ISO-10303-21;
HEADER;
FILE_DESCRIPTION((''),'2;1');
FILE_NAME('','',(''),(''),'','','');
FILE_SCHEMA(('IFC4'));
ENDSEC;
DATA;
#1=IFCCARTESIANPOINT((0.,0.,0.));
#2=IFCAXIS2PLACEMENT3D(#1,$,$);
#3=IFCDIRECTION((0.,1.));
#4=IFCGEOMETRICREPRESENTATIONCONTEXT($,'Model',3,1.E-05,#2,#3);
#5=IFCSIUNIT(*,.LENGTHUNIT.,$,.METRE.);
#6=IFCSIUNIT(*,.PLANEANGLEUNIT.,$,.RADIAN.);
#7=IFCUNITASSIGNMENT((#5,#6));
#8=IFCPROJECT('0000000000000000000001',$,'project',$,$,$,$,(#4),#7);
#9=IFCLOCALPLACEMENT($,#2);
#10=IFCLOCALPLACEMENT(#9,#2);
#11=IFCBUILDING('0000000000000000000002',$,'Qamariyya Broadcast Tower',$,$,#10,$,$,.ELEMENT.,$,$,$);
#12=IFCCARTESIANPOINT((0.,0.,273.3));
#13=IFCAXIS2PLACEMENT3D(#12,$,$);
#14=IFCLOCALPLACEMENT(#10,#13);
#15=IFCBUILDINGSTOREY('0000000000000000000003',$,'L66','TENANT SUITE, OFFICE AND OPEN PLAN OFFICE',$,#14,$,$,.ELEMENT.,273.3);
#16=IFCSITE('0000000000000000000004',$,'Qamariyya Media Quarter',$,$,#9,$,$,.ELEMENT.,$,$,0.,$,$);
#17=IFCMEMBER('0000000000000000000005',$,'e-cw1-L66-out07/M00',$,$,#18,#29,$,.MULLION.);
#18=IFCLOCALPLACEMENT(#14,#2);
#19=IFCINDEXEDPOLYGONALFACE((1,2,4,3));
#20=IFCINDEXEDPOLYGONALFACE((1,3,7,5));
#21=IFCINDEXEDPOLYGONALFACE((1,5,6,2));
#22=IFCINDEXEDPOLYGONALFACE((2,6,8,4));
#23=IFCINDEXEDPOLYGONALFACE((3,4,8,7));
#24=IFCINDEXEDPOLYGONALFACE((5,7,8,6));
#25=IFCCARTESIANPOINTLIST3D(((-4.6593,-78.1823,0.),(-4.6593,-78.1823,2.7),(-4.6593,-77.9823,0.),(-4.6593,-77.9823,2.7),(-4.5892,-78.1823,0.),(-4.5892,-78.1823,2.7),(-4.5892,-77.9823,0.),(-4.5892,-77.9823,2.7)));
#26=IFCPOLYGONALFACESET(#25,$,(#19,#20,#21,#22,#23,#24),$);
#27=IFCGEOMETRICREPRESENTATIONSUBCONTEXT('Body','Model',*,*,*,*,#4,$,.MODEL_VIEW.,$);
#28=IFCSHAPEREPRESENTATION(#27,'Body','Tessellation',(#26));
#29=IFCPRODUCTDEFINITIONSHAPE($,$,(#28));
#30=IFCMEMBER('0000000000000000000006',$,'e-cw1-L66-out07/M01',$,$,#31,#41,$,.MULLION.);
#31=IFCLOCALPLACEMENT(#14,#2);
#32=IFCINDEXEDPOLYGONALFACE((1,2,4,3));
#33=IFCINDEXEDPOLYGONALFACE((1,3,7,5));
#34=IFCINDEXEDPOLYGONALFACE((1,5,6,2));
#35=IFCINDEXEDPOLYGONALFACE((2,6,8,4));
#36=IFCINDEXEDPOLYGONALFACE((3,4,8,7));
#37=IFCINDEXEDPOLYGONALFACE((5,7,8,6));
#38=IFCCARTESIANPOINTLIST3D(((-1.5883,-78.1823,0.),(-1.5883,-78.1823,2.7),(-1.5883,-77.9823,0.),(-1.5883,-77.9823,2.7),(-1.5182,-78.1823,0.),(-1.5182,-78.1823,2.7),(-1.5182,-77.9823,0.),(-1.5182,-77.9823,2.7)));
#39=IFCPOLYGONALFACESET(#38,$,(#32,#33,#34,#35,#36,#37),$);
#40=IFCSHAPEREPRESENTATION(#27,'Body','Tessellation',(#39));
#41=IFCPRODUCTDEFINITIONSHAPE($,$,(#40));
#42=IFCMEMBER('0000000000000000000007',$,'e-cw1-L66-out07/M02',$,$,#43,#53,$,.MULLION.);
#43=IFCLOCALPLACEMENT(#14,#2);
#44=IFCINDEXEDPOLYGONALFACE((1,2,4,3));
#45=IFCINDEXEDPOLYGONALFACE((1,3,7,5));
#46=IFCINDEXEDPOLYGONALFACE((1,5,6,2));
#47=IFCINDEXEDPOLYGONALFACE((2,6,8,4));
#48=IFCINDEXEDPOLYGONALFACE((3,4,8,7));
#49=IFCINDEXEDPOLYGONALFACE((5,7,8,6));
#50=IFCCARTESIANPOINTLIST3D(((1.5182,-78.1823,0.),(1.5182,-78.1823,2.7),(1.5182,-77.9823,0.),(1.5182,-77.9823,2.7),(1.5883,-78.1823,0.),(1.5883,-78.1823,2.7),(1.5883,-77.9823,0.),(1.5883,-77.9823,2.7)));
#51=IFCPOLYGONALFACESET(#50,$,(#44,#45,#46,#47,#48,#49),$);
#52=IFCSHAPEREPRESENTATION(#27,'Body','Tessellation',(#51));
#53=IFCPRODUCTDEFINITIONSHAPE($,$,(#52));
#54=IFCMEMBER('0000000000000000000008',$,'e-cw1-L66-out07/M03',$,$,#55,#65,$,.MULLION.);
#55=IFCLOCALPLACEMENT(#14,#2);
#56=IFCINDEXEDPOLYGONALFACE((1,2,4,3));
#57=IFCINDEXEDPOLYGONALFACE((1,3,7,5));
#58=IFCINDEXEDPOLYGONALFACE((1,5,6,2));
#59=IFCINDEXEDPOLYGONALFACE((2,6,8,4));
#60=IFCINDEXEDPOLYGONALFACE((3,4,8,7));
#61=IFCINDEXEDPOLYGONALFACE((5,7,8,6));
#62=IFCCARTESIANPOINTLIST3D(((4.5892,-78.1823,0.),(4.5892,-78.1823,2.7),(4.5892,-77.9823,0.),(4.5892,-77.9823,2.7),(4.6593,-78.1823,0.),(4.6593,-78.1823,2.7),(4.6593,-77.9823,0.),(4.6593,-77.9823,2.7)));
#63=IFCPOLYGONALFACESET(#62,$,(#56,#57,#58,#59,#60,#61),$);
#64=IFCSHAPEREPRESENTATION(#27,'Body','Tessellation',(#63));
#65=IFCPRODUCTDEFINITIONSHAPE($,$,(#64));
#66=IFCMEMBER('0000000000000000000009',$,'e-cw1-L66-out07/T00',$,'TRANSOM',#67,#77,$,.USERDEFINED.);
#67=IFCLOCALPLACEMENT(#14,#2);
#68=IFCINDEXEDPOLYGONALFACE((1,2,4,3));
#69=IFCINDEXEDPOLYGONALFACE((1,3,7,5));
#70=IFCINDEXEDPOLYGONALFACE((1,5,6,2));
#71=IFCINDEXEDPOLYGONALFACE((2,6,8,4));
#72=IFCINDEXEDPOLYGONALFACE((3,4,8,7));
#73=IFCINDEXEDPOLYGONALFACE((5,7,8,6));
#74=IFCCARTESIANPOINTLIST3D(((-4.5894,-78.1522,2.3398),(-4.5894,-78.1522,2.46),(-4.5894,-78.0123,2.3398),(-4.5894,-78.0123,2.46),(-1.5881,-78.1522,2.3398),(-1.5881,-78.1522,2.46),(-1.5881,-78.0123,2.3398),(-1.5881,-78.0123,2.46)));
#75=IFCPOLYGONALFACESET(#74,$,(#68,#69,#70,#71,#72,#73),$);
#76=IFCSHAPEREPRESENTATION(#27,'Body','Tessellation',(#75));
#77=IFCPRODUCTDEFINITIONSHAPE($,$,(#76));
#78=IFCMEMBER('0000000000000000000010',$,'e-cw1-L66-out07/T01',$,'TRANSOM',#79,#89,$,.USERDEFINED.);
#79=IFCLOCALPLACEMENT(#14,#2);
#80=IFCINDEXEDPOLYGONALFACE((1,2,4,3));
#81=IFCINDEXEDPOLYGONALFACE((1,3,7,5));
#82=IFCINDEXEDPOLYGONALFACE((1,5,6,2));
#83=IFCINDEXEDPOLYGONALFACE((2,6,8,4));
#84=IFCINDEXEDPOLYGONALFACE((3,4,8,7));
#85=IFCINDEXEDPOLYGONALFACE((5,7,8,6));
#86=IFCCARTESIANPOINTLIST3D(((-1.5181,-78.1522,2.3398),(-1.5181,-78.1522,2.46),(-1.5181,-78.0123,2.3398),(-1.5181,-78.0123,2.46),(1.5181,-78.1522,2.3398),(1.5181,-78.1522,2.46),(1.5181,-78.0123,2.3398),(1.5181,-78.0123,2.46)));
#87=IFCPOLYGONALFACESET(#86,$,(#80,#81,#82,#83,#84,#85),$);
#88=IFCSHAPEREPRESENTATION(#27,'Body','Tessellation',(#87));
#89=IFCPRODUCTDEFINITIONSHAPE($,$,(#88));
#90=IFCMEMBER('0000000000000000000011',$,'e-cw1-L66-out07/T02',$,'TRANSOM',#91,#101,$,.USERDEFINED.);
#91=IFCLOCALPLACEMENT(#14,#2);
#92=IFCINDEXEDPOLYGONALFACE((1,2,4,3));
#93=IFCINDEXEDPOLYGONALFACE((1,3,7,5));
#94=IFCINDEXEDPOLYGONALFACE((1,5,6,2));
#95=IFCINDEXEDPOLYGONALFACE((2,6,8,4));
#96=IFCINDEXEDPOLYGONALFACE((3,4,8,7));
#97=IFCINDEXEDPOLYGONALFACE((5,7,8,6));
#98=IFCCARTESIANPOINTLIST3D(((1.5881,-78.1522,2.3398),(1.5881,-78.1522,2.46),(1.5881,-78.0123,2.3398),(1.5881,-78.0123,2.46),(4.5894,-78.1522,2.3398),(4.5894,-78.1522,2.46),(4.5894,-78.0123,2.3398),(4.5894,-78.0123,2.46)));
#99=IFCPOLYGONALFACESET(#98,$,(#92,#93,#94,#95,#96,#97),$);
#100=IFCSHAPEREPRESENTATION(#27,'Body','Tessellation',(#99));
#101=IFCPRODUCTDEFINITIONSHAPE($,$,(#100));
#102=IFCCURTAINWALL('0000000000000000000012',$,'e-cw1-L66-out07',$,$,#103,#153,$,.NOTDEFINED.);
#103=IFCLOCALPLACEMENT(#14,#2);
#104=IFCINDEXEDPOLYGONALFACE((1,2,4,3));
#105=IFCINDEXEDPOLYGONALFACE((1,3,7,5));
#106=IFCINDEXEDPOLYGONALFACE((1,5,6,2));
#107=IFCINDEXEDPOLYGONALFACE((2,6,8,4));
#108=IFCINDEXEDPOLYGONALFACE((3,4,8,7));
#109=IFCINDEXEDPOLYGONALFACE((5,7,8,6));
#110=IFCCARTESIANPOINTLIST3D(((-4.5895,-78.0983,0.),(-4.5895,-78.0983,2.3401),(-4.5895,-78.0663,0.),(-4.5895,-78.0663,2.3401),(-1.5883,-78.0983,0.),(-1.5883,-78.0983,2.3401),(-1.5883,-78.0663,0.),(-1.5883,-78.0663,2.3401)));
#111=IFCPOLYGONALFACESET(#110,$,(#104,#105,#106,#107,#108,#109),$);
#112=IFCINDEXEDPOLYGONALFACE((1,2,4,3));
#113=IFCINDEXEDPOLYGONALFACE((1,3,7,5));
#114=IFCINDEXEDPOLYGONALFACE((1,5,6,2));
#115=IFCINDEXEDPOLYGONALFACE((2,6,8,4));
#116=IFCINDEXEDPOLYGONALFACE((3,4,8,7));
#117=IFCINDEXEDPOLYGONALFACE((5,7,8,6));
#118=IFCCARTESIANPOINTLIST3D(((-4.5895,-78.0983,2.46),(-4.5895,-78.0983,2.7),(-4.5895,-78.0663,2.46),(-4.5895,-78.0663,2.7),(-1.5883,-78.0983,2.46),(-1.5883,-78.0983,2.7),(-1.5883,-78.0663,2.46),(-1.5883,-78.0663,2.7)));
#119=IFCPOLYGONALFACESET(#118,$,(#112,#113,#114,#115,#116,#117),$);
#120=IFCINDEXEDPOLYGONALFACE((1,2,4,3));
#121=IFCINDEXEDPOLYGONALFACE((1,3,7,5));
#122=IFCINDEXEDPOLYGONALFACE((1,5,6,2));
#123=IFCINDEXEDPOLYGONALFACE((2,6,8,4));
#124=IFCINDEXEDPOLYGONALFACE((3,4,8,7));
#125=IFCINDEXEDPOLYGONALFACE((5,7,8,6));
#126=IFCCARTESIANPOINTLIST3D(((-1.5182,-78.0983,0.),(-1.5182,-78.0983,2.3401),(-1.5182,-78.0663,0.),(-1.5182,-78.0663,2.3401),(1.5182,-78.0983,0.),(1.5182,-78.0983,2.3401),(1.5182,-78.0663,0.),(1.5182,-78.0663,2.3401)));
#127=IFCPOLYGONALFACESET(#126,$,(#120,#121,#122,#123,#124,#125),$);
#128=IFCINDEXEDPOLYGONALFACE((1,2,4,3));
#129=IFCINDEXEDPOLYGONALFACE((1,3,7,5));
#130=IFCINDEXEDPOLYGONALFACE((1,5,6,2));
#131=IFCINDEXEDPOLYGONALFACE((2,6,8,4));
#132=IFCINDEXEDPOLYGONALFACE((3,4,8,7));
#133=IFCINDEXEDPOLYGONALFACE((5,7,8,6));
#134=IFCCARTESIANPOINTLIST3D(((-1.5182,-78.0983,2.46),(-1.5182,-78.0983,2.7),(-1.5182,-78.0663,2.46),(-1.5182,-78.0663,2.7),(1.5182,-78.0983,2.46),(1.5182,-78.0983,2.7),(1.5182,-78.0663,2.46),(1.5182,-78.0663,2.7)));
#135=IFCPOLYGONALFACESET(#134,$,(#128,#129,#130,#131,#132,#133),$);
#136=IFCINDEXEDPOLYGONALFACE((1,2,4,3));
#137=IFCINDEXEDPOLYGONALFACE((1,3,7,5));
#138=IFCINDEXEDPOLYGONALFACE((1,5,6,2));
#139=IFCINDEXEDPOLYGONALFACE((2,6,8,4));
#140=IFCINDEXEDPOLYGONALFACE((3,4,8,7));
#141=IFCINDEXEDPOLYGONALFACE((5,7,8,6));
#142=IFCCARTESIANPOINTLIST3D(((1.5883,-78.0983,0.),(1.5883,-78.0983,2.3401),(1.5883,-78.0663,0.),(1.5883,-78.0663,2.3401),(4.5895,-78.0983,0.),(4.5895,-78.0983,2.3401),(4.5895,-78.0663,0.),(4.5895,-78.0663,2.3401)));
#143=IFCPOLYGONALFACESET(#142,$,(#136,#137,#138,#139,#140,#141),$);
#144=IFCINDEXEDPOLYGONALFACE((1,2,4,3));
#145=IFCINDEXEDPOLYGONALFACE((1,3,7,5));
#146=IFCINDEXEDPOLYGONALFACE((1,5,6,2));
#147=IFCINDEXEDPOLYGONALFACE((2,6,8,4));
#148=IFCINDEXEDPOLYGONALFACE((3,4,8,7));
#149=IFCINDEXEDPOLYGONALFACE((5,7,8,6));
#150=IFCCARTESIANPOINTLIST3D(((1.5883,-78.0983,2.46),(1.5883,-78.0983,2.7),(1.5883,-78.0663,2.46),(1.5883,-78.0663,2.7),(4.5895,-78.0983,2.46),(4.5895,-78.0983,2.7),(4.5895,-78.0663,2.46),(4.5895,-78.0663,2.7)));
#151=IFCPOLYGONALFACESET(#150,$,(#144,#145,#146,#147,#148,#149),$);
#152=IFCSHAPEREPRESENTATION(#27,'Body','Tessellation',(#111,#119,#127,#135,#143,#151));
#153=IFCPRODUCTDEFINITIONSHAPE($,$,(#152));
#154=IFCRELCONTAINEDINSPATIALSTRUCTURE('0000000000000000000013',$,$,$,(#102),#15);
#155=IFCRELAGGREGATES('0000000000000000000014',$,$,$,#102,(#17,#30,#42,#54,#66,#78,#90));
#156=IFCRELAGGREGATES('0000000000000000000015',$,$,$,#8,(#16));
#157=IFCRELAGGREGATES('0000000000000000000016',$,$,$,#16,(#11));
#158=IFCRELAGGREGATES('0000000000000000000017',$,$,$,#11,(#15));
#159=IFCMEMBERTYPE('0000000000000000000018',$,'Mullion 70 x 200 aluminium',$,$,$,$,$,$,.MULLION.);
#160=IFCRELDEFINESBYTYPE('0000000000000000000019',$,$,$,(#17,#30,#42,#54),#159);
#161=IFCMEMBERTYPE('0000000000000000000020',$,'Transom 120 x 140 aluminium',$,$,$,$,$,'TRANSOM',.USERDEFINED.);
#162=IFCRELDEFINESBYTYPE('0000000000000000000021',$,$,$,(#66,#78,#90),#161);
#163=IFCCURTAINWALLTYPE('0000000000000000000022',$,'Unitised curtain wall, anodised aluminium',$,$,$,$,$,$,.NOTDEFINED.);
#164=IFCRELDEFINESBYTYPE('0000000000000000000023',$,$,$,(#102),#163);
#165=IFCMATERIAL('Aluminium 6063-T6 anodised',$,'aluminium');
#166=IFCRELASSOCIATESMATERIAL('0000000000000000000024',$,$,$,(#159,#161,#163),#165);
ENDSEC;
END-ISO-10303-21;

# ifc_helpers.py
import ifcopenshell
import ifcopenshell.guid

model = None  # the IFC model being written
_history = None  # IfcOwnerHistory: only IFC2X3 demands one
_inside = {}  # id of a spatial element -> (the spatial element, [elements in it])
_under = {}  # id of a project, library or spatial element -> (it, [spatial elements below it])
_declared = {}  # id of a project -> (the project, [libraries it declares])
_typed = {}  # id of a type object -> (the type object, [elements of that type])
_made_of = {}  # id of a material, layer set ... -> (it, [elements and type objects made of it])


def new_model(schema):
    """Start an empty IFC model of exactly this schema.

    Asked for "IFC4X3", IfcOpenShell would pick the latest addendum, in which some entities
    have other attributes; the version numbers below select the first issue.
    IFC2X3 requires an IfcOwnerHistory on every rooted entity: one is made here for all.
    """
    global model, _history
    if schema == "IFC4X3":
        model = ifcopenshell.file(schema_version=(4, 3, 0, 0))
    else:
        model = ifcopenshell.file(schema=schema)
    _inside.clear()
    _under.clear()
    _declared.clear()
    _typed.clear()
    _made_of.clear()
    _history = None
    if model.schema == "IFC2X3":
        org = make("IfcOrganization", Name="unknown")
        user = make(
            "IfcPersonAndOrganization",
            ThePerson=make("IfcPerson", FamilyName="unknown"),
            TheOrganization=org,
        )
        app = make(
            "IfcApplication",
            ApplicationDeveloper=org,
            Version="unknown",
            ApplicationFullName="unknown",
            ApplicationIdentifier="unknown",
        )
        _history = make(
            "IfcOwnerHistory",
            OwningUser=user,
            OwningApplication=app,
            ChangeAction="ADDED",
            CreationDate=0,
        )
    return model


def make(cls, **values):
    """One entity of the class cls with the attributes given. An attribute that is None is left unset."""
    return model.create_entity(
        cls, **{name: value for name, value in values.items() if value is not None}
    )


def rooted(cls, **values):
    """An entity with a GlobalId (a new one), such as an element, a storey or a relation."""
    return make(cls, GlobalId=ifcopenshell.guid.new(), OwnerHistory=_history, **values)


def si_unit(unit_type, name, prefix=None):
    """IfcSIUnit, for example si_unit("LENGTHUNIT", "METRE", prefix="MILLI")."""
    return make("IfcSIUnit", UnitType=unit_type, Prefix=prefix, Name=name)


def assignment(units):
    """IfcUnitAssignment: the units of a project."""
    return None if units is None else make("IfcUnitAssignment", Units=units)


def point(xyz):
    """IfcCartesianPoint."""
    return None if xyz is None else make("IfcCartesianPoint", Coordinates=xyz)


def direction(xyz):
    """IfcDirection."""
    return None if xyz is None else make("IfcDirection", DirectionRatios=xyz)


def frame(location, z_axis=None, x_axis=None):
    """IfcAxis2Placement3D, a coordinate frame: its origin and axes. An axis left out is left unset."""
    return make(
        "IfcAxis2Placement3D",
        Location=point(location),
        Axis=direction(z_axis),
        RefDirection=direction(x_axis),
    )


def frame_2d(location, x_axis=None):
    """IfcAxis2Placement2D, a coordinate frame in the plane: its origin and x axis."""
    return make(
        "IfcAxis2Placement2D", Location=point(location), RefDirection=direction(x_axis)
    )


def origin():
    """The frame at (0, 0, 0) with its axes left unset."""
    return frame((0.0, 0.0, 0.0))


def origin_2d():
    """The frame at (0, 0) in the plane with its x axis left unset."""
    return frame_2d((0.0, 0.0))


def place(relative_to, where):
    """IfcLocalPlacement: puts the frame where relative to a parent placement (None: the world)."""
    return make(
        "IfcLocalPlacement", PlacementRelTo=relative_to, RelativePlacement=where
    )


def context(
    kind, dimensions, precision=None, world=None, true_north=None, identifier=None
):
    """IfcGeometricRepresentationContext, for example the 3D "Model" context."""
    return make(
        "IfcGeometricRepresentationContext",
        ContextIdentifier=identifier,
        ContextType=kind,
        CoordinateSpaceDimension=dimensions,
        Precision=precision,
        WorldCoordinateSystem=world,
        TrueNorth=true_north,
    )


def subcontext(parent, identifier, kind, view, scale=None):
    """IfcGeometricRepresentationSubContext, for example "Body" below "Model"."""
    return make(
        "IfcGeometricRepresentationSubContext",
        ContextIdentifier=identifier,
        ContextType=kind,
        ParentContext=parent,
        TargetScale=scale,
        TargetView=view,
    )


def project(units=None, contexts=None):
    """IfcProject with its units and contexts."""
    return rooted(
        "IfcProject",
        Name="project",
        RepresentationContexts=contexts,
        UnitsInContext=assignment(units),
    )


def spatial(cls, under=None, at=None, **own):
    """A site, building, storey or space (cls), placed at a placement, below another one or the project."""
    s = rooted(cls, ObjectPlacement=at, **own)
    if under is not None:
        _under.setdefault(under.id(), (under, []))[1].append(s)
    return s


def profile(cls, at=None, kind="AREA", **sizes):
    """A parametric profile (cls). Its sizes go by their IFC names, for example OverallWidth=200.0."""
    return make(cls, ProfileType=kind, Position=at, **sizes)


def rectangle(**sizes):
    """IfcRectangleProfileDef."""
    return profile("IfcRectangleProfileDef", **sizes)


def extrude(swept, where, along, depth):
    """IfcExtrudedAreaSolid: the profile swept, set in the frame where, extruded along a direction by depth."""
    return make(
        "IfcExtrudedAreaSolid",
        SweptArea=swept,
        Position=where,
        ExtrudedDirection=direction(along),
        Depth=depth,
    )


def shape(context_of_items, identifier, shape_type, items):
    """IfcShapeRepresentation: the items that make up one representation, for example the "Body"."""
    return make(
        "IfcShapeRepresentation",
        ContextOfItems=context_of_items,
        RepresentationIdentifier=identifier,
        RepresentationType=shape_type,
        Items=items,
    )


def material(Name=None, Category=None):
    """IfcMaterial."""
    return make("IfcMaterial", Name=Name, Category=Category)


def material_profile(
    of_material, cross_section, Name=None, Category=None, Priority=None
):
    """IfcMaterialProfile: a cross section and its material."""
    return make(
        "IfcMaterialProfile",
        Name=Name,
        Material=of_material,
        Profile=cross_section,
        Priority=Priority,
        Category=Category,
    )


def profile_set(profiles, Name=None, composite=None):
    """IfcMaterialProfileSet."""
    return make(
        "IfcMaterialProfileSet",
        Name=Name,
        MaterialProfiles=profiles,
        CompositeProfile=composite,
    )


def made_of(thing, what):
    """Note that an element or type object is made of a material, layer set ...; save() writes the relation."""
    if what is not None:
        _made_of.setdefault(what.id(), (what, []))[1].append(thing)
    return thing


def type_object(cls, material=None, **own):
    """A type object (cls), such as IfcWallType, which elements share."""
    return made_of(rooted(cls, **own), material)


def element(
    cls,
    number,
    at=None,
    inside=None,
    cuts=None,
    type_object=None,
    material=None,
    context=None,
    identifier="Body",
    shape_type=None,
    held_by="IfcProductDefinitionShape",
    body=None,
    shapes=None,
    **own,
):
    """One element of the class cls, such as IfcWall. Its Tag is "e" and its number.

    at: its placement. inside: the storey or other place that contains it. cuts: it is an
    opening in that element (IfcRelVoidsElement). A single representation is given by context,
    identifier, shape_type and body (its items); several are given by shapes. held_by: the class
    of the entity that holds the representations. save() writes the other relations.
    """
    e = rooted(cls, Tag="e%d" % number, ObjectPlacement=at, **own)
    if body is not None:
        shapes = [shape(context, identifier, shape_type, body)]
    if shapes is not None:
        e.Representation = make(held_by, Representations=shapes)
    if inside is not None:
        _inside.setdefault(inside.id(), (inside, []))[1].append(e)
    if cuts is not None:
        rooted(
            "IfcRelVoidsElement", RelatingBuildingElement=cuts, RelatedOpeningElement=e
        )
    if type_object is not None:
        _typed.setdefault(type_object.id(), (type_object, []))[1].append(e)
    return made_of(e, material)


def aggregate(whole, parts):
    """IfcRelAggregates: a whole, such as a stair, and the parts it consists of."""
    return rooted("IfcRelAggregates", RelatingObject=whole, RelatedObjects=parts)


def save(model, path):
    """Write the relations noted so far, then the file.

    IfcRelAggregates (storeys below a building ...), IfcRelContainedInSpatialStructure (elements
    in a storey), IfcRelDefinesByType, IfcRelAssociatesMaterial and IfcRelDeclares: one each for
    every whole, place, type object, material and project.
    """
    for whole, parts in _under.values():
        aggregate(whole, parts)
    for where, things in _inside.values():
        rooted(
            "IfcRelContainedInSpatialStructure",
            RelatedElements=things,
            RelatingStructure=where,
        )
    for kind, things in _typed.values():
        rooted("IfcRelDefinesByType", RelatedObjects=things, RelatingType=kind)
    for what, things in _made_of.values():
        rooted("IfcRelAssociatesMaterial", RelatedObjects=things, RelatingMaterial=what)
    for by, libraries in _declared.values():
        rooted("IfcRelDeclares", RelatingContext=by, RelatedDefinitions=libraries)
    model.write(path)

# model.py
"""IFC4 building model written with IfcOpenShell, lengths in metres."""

from ifc_helpers import new_model, si_unit, direction, frame, origin, origin_2d, place, context, subcontext, project, spatial, rectangle, extrude, material, material_profile, profile_set, type_object, element, aggregate, save


model = new_model("IFC4")

# Units and contexts
model_context = context("Model", 3, precision=1e-05, world=origin(), true_north=direction((0.0, 1.0)))
body_context = subcontext(model_context, "Body", "Model", "MODEL_VIEW")
ifc_project = project(units=[si_unit("LENGTHUNIT", "METRE"), si_unit("PLANEANGLEUNIT", "RADIAN")], contexts=[model_context])

# Members
ifc_material = material(Name="Aluminium 6063-T6 anodised", Category="aluminium")
ifc_material_profile_1 = material_profile(ifc_material, rectangle(XDim=0.2, YDim=0.0701, at=origin_2d()))
ifc_profile_set_1 = profile_set([ifc_material_profile_1], Name="Aluminium 6063-T6 anodised")
member_type_1 = type_object("IfcMemberType", Name="Mullion 70 x 200 aluminium", PredefinedType="MULLION", material=ifc_profile_set_1)
site_placement = place(None, origin())
building_placement = place(site_placement, origin())
storey_placement = place(building_placement, frame((0.0, 0.0, 273.3)))
member_1_placement = place(storey_placement, frame((-4.6243, -78.0823, 0.0), z_axis=(0.0, 0.0, 1.0), x_axis=(0.0, 1.0, 0.0)))
member_1 = element("IfcMember", 1, at=member_1_placement, type_object=member_type_1, Name="e-cw1-L66-out07/M00", PredefinedType="MULLION", context=body_context, shape_type="SweptSolid", body=[
    extrude(rectangle(XDim=0.2, YDim=0.0701, at=origin_2d()), origin(), (0.0, 0.0, 1.0), 2.7),
])
member_2_placement = place(storey_placement, frame((-1.5532, -78.0823, 0.0), z_axis=(0.0, 0.0, 1.0), x_axis=(0.0, 1.0, 0.0)))
member_2 = element("IfcMember", 2, at=member_2_placement, type_object=member_type_1, Name="e-cw1-L66-out07/M01", PredefinedType="MULLION", context=body_context, shape_type="SweptSolid", body=[
    extrude(rectangle(XDim=0.2, YDim=0.0701, at=origin_2d()), origin(), (0.0, 0.0, 1.0), 2.7),
])
member_3_placement = place(storey_placement, frame((1.5532, -78.0823, 0.0), z_axis=(0.0, 0.0, 1.0), x_axis=(0.0, 1.0, 0.0)))
member_3 = element("IfcMember", 3, at=member_3_placement, type_object=member_type_1, Name="e-cw1-L66-out07/M02", PredefinedType="MULLION", context=body_context, shape_type="SweptSolid", body=[
    extrude(rectangle(XDim=0.2, YDim=0.0701, at=origin_2d()), origin(), (0.0, 0.0, 1.0), 2.7),
])
member_4_placement = place(storey_placement, frame((4.6243, -78.0823, 0.0), z_axis=(0.0, 0.0, 1.0), x_axis=(0.0, 1.0, 0.0)))
member_4 = element("IfcMember", 4, at=member_4_placement, type_object=member_type_1, Name="e-cw1-L66-out07/M03", PredefinedType="MULLION", context=body_context, shape_type="SweptSolid", body=[
    extrude(rectangle(XDim=0.2, YDim=0.0701, at=origin_2d()), origin(), (0.0, 0.0, 1.0), 2.7),
])
ifc_material_profile_2 = material_profile(ifc_material, rectangle(XDim=0.1399, YDim=0.1201, at=origin_2d()))
ifc_profile_set_2 = profile_set([ifc_material_profile_2], Name="Aluminium 6063-T6 anodised")
member_type_2 = type_object("IfcMemberType", Name="Transom 120 x 140 aluminium", ElementType="TRANSOM", PredefinedType="USERDEFINED", material=ifc_profile_set_2)
member_5_placement = place(storey_placement, frame((-4.5894, -78.0823, 2.3999), z_axis=(1.0, 0.0, 0.0), x_axis=(0.0, 1.0, 0.0)))
member_5 = element("IfcMember", 5, at=member_5_placement, type_object=member_type_2, Name="e-cw1-L66-out07/T00", ObjectType="TRANSOM", PredefinedType="USERDEFINED", context=body_context, shape_type="SweptSolid", body=[
    extrude(rectangle(XDim=0.1399, YDim=0.1201, at=origin_2d()), origin(), (0.0, 0.0, 1.0), 3.0012),
])
member_6_placement = place(storey_placement, frame((-1.5181, -78.0823, 2.3999), z_axis=(1.0, 0.0, 0.0), x_axis=(0.0, 1.0, 0.0)))
member_6 = element("IfcMember", 6, at=member_6_placement, type_object=member_type_2, Name="e-cw1-L66-out07/T01", ObjectType="TRANSOM", PredefinedType="USERDEFINED", context=body_context, shape_type="SweptSolid", body=[
    extrude(rectangle(XDim=0.1399, YDim=0.1201, at=origin_2d()), origin(), (0.0, 0.0, 1.0), 3.0361),
])
member_7_placement = place(storey_placement, frame((1.5881, -78.0823, 2.3999), z_axis=(1.0, 0.0, 0.0), x_axis=(0.0, 1.0, 0.0)))
member_7 = element("IfcMember", 7, at=member_7_placement, type_object=member_type_2, Name="e-cw1-L66-out07/T02", ObjectType="TRANSOM", PredefinedType="USERDEFINED", context=body_context, shape_type="SweptSolid", body=[
    extrude(rectangle(XDim=0.1399, YDim=0.1201, at=origin_2d()), origin(), (0.0, 0.0, 1.0), 3.0012),
])

# Site, building, storey
site = spatial("IfcSite", under=ifc_project, at=site_placement, Name="Qamariyya Media Quarter", CompositionType="ELEMENT", RefElevation=0.0)
building = spatial("IfcBuilding", under=site, at=building_placement, Name="Qamariyya Broadcast Tower", CompositionType="ELEMENT")
storey = spatial("IfcBuildingStorey", under=building, at=storey_placement, Name="L66", Description="TENANT SUITE, OFFICE AND OPEN PLAN OFFICE", CompositionType="ELEMENT", Elevation=273.3)

# Curtain wall
curtain_wall_type = type_object("IfcCurtainWallType", Name="Unitised curtain wall, anodised aluminium", PredefinedType="NOTDEFINED", material=ifc_material)
curtain_wall_1_placement = place(storey_placement, origin())
curtain_wall_1 = element("IfcCurtainWall", 8, at=curtain_wall_1_placement, inside=storey, type_object=curtain_wall_type, Name="e-cw1-L66-out07", PredefinedType="NOTDEFINED", context=body_context, shape_type="SweptSolid", body=[
    extrude(rectangle(XDim=3.0012, YDim=0.032, at=origin_2d()), frame((-3.0889, -78.0823, 0.0), x_axis=(1.0, 0.0, 0.0)), (0.0, 0.0, 1.0), 2.3401),
    extrude(rectangle(XDim=3.0012, YDim=0.032, at=origin_2d()), frame((-3.0889, -78.0823, 2.46), x_axis=(1.0, 0.0, 0.0)), (0.0, 0.0, 1.0), 0.24),
    extrude(rectangle(XDim=3.0364, YDim=0.032, at=origin_2d()), frame((0.0, -78.0823, 0.0), x_axis=(1.0, 0.0, 0.0)), (0.0, 0.0, 1.0), 2.3401),
    extrude(rectangle(XDim=3.0364, YDim=0.032, at=origin_2d()), frame((0.0, -78.0823, 2.46), x_axis=(1.0, 0.0, 0.0)), (0.0, 0.0, 1.0), 0.24),
    extrude(rectangle(XDim=3.0012, YDim=0.032, at=origin_2d()), frame((3.0889, -78.0823, 0.0), x_axis=(1.0, 0.0, 0.0)), (0.0, 0.0, 1.0), 2.3401),
    extrude(rectangle(XDim=3.0012, YDim=0.032, at=origin_2d()), frame((3.0889, -78.0823, 2.46), x_axis=(1.0, 0.0, 0.0)), (0.0, 0.0, 1.0), 0.24),
])
aggregate(curtain_wall_1, [member_1, member_2, member_3, member_4, member_5, member_6, member_7])

save(model, "model.ifc")
